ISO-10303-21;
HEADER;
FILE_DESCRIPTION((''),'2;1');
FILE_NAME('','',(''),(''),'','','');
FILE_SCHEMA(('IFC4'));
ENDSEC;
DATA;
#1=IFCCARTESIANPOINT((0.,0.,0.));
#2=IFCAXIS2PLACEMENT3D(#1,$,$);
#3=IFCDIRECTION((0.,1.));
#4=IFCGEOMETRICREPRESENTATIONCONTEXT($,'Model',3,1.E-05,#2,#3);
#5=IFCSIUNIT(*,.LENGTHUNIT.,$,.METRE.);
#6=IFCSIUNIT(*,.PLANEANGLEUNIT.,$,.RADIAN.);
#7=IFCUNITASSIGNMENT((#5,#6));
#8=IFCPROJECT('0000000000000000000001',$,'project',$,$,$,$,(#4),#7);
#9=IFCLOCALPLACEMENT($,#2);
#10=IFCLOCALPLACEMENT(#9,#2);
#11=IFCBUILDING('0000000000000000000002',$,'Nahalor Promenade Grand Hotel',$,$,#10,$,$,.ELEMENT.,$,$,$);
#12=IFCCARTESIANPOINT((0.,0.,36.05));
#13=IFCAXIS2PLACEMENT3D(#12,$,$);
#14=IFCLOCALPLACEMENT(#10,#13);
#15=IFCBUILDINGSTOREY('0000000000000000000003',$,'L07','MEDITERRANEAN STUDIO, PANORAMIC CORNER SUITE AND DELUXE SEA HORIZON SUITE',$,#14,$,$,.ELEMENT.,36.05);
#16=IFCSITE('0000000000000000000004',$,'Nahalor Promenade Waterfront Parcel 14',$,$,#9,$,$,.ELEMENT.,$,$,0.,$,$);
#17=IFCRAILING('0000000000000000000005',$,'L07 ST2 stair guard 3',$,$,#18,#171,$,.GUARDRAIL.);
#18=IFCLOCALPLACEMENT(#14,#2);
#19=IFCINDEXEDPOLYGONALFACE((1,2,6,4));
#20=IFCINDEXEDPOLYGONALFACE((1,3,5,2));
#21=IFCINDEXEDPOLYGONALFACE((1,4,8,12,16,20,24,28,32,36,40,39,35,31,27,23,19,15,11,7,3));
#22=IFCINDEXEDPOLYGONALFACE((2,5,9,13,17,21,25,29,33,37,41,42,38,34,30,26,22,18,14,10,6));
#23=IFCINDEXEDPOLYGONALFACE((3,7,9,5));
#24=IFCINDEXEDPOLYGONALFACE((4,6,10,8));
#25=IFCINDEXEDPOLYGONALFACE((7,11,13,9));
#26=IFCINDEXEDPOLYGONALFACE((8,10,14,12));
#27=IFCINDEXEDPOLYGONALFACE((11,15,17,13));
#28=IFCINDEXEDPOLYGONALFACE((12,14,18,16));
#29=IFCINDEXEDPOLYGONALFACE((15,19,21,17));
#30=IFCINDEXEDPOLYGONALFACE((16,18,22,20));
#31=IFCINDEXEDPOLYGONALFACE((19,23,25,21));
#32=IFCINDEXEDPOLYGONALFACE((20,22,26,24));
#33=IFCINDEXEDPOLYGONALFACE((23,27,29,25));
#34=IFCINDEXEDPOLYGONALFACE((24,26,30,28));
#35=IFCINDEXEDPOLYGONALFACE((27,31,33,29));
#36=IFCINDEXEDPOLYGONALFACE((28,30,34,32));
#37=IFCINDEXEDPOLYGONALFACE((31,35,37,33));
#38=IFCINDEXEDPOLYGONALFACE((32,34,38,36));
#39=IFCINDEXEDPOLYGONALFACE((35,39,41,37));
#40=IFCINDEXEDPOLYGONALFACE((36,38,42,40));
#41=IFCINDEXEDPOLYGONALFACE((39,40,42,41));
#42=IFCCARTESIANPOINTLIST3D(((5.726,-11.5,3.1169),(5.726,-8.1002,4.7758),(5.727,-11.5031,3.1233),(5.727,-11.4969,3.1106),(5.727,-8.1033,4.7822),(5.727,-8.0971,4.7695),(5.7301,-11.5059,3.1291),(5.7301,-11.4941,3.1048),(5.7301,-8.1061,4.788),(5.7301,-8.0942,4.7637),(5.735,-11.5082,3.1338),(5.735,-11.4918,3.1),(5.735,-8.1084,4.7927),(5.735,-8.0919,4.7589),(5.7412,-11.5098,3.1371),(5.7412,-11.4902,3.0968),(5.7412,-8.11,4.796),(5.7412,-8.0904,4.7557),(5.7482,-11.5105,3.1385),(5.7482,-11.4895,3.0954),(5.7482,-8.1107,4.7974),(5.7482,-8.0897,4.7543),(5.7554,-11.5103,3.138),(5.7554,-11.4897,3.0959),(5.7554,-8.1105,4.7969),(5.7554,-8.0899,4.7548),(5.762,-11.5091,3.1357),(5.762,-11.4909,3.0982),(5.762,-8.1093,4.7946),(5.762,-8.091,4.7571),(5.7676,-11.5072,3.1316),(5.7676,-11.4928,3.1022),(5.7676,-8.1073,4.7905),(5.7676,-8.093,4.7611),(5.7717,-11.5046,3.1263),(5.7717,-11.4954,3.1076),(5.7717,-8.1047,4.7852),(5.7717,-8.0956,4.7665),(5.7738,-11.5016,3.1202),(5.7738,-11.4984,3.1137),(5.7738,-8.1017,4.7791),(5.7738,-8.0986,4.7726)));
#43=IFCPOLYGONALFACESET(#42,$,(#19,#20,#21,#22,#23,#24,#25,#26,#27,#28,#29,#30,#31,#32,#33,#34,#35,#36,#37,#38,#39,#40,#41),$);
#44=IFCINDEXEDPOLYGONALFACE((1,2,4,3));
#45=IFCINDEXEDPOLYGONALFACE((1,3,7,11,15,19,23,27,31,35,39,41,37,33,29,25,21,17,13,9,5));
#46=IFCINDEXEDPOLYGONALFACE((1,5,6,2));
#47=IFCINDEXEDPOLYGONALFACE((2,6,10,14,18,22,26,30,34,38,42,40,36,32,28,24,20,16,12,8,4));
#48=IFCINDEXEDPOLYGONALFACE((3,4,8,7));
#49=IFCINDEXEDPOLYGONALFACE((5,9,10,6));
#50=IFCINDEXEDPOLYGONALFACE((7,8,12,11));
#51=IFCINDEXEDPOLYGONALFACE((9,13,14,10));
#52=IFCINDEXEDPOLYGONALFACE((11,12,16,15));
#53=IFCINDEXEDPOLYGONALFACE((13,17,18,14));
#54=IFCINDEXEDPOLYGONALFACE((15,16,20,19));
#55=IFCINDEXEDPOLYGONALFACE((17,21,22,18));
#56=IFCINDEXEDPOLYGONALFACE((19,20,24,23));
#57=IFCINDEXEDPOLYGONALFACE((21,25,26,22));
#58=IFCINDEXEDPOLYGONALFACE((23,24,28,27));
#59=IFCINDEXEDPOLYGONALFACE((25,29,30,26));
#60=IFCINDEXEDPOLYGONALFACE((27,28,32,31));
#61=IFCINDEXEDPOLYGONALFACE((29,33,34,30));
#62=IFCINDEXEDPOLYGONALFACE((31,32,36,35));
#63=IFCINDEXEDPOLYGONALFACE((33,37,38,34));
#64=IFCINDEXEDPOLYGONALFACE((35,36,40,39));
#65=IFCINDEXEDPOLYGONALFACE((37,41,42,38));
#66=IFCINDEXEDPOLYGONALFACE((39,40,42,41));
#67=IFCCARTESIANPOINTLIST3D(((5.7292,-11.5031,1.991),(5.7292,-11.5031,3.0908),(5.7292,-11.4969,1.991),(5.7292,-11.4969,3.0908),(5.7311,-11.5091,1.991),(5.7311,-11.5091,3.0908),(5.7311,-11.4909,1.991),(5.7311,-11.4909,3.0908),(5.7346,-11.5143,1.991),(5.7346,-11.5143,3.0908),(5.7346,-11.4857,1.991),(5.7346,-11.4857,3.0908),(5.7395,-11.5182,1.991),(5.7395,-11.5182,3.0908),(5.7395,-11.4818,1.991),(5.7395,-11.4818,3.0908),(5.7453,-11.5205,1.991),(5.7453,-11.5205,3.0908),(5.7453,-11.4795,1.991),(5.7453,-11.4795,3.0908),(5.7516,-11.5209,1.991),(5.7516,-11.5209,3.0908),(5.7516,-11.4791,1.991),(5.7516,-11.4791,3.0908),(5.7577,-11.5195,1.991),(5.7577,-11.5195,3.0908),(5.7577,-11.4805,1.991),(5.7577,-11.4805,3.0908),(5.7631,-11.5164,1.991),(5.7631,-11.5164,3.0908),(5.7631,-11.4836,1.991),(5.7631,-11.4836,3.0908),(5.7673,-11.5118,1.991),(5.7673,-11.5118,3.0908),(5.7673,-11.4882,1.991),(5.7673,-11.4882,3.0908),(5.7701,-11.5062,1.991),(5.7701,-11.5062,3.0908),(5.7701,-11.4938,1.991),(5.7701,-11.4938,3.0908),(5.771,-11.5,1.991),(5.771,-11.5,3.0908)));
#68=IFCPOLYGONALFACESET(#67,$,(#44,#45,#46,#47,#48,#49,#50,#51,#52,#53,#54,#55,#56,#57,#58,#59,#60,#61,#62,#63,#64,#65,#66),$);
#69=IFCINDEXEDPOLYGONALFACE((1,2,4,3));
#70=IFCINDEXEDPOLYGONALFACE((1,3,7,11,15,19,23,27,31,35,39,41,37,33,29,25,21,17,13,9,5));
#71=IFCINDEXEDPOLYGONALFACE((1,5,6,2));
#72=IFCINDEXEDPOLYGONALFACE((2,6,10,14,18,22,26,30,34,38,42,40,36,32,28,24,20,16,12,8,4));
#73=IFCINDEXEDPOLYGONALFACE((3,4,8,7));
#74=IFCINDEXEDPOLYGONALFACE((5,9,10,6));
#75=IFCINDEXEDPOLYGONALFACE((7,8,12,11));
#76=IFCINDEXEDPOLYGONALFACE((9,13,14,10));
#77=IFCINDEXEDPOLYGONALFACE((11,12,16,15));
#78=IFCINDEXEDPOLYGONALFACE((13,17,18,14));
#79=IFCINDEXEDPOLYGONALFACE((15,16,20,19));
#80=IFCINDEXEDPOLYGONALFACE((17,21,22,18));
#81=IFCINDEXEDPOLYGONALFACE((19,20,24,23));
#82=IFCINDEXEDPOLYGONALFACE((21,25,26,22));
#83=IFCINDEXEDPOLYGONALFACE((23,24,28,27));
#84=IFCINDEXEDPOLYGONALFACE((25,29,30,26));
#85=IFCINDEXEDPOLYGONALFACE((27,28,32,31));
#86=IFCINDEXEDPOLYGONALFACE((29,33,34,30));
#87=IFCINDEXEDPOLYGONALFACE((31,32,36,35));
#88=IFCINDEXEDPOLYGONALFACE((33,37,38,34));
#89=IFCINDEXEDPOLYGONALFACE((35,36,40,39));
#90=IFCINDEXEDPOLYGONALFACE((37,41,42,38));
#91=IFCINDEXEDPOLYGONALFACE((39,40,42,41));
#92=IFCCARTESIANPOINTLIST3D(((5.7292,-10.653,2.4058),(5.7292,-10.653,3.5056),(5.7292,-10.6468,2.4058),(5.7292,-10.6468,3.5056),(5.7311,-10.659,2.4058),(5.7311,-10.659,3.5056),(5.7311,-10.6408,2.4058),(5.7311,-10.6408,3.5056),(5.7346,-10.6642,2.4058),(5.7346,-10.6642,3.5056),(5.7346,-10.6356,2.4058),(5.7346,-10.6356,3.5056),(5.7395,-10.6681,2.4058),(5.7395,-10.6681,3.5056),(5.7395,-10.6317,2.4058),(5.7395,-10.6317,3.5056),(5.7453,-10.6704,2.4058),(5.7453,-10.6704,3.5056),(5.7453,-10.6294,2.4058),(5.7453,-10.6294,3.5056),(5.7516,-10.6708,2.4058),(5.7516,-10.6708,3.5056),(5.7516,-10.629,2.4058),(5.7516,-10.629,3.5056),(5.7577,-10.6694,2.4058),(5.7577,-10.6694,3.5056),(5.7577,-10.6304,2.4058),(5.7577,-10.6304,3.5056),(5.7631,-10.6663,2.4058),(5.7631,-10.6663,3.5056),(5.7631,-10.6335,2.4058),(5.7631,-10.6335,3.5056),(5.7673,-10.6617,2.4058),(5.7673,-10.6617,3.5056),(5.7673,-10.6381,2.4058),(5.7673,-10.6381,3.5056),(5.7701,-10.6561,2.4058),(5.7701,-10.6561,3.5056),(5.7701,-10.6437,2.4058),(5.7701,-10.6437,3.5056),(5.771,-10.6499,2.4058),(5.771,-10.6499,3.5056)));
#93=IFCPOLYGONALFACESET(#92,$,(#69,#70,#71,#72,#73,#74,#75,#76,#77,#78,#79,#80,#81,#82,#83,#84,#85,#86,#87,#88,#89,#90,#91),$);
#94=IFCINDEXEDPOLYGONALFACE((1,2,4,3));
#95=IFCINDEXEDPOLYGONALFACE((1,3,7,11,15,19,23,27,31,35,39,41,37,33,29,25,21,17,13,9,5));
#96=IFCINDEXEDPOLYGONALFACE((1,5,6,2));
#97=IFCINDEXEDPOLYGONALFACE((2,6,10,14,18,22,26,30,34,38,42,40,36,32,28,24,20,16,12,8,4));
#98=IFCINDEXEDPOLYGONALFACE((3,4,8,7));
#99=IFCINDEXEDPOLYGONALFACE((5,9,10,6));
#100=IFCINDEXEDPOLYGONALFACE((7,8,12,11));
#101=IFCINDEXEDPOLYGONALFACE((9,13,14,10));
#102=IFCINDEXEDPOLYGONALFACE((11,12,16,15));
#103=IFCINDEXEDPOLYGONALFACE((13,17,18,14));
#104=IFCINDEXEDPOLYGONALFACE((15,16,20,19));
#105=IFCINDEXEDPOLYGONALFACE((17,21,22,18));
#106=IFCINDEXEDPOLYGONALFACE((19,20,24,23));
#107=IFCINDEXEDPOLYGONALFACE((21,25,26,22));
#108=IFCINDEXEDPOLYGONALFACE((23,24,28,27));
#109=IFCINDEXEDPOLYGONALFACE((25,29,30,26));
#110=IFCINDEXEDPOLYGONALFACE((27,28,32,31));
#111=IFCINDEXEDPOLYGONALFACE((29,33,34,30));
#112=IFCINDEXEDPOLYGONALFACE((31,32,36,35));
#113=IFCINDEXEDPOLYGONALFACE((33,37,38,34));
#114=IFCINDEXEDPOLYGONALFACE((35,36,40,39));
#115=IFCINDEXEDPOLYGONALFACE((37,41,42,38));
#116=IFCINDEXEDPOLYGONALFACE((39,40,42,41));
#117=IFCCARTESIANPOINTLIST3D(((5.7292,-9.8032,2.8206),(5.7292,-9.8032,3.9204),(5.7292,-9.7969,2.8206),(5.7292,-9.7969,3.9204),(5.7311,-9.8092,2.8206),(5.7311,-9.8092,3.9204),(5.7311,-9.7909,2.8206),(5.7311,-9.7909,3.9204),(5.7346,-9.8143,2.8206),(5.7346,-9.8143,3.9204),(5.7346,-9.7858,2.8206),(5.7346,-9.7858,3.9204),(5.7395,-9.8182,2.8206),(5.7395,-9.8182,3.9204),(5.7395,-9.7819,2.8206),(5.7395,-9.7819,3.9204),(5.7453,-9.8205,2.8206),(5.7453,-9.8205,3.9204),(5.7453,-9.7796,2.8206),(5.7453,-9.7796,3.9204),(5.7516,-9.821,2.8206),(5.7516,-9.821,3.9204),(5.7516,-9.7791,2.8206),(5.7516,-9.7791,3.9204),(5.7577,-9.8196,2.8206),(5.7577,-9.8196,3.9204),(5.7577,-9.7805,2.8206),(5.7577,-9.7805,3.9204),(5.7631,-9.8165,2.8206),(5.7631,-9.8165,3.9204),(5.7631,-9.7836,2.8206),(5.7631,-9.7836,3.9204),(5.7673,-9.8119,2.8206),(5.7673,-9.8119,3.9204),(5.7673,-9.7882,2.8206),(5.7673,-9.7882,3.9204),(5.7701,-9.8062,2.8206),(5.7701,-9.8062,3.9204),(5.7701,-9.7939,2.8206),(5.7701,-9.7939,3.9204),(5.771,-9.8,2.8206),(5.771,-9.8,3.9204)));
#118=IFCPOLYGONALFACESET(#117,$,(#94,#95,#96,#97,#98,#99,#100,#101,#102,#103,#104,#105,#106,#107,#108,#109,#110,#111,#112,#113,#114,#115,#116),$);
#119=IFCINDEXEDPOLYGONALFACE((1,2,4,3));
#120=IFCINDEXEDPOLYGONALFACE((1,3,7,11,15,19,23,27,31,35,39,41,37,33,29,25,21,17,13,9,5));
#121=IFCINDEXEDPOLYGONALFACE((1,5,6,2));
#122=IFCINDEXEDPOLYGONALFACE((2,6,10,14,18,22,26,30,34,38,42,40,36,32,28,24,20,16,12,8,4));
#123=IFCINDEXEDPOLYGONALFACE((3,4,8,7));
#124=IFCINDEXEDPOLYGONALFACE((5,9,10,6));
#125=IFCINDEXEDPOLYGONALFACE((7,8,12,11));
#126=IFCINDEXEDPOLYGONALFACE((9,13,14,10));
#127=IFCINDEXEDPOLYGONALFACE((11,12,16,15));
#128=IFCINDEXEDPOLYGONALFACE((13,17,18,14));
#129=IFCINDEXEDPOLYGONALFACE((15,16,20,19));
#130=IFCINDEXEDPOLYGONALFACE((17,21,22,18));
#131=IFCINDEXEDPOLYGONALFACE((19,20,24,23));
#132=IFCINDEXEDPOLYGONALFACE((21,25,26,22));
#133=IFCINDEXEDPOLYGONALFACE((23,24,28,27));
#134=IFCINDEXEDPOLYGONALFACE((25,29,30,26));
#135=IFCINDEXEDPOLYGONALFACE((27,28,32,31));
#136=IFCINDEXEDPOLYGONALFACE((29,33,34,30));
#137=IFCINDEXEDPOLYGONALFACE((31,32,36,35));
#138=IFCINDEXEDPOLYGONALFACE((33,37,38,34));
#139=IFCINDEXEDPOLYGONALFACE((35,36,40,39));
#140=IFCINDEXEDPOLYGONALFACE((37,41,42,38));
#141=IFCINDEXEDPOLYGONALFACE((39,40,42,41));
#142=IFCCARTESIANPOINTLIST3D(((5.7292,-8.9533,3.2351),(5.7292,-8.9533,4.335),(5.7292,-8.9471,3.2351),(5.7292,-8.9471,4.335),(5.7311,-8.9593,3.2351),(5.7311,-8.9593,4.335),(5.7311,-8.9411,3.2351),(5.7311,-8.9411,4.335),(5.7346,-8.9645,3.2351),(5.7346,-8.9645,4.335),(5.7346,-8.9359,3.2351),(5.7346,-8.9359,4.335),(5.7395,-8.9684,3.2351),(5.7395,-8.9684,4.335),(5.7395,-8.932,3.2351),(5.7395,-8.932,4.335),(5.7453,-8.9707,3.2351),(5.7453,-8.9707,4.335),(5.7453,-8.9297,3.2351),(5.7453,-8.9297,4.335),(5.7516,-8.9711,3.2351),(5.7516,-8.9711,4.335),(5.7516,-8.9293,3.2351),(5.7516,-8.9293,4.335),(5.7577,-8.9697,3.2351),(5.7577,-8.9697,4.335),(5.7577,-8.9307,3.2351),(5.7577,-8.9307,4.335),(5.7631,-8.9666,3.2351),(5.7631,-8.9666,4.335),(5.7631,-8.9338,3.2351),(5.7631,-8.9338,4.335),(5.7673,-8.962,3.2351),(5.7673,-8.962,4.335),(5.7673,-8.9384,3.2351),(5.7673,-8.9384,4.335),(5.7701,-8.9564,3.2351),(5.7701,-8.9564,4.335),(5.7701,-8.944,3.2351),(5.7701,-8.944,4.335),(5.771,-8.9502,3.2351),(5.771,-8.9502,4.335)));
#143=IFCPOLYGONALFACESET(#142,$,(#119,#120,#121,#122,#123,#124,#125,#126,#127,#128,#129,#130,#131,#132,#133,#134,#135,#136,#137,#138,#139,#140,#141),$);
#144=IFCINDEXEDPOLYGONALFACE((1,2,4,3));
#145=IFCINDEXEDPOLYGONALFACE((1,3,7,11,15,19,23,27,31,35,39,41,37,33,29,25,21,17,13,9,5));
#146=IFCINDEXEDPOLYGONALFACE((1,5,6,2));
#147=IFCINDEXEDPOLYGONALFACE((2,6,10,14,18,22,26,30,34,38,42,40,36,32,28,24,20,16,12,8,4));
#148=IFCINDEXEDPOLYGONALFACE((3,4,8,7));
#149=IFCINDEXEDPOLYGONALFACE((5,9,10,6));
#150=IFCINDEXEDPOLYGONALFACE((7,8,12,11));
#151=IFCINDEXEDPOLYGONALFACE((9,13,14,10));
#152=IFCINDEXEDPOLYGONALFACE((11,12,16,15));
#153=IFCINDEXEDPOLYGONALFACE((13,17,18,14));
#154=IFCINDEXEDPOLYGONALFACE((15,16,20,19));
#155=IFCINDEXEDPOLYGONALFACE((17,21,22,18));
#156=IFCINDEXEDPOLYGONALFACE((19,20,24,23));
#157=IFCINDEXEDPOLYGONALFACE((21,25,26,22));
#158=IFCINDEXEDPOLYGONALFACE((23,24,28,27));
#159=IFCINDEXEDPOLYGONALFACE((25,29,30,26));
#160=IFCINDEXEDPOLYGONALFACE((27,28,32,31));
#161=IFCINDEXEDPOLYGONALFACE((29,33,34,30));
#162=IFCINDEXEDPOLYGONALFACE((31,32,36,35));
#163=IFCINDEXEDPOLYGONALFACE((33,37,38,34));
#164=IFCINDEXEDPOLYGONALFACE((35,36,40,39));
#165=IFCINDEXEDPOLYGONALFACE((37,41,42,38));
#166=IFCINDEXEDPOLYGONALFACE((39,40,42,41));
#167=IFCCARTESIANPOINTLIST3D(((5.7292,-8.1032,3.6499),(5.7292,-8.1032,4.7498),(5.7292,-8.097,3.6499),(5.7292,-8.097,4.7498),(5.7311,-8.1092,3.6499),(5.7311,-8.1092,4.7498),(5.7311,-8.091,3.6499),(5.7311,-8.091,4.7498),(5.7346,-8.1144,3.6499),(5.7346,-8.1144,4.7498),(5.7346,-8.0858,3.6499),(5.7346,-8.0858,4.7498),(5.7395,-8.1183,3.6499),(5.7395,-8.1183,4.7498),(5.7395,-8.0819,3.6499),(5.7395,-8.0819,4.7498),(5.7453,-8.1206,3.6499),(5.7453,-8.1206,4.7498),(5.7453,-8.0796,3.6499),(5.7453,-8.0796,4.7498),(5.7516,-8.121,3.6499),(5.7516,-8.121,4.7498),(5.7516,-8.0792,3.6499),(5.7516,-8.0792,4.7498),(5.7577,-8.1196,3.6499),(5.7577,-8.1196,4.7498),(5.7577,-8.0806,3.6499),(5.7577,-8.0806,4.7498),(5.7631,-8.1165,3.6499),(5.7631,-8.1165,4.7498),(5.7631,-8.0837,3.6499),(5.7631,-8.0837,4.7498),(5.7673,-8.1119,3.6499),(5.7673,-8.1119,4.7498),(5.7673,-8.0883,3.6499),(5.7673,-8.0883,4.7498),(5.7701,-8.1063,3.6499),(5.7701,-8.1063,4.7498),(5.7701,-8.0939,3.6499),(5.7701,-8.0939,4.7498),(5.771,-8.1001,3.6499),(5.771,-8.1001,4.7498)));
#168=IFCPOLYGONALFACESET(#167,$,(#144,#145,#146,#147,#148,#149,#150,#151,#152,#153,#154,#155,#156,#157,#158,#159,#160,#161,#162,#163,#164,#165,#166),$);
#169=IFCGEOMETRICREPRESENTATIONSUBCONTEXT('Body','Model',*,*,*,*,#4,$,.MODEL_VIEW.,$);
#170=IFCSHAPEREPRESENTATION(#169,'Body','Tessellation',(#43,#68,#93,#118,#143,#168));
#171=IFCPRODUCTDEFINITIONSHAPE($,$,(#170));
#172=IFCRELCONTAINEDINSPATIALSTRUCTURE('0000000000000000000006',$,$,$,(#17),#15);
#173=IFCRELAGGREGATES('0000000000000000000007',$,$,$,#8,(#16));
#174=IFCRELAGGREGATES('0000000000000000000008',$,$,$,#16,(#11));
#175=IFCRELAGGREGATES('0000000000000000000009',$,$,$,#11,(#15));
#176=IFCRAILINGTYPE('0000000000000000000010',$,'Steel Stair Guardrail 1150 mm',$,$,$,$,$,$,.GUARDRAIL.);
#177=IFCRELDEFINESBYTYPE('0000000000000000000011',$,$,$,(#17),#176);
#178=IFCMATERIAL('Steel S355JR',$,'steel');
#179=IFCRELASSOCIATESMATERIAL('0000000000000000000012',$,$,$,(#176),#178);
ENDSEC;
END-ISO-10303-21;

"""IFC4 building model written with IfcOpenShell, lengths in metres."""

from ifc_helpers import new_model, si_unit, direction, frame, origin, origin_2d, place, context, subcontext, project, spatial, circle, extrude, material, type_object, element, save


model = new_model("IFC4")

# Units and contexts
model_context = context("Model", 3, precision=1e-05, world=origin(), true_north=direction((0.0, 1.0)))
body_context = subcontext(model_context, "Body", "Model", "MODEL_VIEW")
ifc_project = project(units=[si_unit("LENGTHUNIT", "METRE"), si_unit("PLANEANGLEUNIT", "RADIAN")], contexts=[model_context])

# Site, building, storey
site_placement = place(None, origin())
site = spatial("IfcSite", under=ifc_project, at=site_placement, Name="Nahalor Promenade Waterfront Parcel 14", CompositionType="ELEMENT", RefElevation=0.0)
building_placement = place(site_placement, origin())
building = spatial("IfcBuilding", under=site, at=building_placement, Name="Nahalor Promenade Grand Hotel", CompositionType="ELEMENT")
storey_placement = place(building_placement, frame((0.0, 0.0, 36.05)))
storey = spatial("IfcBuildingStorey", under=building, at=storey_placement, Name="L07", Description="MEDITERRANEAN STUDIO, PANORAMIC CORNER SUITE AND DELUXE SEA HORIZON SUITE", CompositionType="ELEMENT", Elevation=36.05)

# Shared definitions
ifc_material_1 = material(Name="Steel S355JR", Category="steel")

# Railing
railing_type_1 = type_object("IfcRailingType", Name="Steel Stair Guardrail 1150 mm", PredefinedType="GUARDRAIL", material=ifc_material_1)
railing_1_placement = place(storey_placement, frame((5.75, -11.5, 1.991)))
element("IfcRailing", 1, at=railing_1_placement, inside=storey, type_object=railing_type_1, Name="L07 ST2 stair guard 3", PredefinedType="GUARDRAIL", context=body_context, shape_type="SweptSolid", body=[
    extrude(circle(Radius=0.024, at=origin_2d()), frame((0.0, 0.0, 1.126), z_axis=(0.0, 0.898722, 0.438519), x_axis=(-1.0, 0.0, 0.0)), (0.0, 0.0, 1.0), 3.783),
    extrude(circle(Radius=0.021, at=origin_2d()), origin(), (0.0, 0.0, 1.0), 1.0999),
    extrude(circle(Radius=0.021, at=origin_2d()), frame((0.0, 0.8501, 0.4148)), (0.0, 0.0, 1.0), 1.0999),
    extrude(circle(Radius=0.021, at=origin_2d()), frame((0.0, 1.7, 0.8296)), (0.0, 0.0, 1.0), 1.0999),
    extrude(circle(Radius=0.021, at=origin_2d()), frame((0.0, 2.5498, 1.2441)), (0.0, 0.0, 1.0), 1.0999),
    extrude(circle(Radius=0.021, at=origin_2d()), frame((0.0, 3.3999, 1.6589)), (0.0, 0.0, 1.0), 1.0999),
])

save(model, "model.ifc")
